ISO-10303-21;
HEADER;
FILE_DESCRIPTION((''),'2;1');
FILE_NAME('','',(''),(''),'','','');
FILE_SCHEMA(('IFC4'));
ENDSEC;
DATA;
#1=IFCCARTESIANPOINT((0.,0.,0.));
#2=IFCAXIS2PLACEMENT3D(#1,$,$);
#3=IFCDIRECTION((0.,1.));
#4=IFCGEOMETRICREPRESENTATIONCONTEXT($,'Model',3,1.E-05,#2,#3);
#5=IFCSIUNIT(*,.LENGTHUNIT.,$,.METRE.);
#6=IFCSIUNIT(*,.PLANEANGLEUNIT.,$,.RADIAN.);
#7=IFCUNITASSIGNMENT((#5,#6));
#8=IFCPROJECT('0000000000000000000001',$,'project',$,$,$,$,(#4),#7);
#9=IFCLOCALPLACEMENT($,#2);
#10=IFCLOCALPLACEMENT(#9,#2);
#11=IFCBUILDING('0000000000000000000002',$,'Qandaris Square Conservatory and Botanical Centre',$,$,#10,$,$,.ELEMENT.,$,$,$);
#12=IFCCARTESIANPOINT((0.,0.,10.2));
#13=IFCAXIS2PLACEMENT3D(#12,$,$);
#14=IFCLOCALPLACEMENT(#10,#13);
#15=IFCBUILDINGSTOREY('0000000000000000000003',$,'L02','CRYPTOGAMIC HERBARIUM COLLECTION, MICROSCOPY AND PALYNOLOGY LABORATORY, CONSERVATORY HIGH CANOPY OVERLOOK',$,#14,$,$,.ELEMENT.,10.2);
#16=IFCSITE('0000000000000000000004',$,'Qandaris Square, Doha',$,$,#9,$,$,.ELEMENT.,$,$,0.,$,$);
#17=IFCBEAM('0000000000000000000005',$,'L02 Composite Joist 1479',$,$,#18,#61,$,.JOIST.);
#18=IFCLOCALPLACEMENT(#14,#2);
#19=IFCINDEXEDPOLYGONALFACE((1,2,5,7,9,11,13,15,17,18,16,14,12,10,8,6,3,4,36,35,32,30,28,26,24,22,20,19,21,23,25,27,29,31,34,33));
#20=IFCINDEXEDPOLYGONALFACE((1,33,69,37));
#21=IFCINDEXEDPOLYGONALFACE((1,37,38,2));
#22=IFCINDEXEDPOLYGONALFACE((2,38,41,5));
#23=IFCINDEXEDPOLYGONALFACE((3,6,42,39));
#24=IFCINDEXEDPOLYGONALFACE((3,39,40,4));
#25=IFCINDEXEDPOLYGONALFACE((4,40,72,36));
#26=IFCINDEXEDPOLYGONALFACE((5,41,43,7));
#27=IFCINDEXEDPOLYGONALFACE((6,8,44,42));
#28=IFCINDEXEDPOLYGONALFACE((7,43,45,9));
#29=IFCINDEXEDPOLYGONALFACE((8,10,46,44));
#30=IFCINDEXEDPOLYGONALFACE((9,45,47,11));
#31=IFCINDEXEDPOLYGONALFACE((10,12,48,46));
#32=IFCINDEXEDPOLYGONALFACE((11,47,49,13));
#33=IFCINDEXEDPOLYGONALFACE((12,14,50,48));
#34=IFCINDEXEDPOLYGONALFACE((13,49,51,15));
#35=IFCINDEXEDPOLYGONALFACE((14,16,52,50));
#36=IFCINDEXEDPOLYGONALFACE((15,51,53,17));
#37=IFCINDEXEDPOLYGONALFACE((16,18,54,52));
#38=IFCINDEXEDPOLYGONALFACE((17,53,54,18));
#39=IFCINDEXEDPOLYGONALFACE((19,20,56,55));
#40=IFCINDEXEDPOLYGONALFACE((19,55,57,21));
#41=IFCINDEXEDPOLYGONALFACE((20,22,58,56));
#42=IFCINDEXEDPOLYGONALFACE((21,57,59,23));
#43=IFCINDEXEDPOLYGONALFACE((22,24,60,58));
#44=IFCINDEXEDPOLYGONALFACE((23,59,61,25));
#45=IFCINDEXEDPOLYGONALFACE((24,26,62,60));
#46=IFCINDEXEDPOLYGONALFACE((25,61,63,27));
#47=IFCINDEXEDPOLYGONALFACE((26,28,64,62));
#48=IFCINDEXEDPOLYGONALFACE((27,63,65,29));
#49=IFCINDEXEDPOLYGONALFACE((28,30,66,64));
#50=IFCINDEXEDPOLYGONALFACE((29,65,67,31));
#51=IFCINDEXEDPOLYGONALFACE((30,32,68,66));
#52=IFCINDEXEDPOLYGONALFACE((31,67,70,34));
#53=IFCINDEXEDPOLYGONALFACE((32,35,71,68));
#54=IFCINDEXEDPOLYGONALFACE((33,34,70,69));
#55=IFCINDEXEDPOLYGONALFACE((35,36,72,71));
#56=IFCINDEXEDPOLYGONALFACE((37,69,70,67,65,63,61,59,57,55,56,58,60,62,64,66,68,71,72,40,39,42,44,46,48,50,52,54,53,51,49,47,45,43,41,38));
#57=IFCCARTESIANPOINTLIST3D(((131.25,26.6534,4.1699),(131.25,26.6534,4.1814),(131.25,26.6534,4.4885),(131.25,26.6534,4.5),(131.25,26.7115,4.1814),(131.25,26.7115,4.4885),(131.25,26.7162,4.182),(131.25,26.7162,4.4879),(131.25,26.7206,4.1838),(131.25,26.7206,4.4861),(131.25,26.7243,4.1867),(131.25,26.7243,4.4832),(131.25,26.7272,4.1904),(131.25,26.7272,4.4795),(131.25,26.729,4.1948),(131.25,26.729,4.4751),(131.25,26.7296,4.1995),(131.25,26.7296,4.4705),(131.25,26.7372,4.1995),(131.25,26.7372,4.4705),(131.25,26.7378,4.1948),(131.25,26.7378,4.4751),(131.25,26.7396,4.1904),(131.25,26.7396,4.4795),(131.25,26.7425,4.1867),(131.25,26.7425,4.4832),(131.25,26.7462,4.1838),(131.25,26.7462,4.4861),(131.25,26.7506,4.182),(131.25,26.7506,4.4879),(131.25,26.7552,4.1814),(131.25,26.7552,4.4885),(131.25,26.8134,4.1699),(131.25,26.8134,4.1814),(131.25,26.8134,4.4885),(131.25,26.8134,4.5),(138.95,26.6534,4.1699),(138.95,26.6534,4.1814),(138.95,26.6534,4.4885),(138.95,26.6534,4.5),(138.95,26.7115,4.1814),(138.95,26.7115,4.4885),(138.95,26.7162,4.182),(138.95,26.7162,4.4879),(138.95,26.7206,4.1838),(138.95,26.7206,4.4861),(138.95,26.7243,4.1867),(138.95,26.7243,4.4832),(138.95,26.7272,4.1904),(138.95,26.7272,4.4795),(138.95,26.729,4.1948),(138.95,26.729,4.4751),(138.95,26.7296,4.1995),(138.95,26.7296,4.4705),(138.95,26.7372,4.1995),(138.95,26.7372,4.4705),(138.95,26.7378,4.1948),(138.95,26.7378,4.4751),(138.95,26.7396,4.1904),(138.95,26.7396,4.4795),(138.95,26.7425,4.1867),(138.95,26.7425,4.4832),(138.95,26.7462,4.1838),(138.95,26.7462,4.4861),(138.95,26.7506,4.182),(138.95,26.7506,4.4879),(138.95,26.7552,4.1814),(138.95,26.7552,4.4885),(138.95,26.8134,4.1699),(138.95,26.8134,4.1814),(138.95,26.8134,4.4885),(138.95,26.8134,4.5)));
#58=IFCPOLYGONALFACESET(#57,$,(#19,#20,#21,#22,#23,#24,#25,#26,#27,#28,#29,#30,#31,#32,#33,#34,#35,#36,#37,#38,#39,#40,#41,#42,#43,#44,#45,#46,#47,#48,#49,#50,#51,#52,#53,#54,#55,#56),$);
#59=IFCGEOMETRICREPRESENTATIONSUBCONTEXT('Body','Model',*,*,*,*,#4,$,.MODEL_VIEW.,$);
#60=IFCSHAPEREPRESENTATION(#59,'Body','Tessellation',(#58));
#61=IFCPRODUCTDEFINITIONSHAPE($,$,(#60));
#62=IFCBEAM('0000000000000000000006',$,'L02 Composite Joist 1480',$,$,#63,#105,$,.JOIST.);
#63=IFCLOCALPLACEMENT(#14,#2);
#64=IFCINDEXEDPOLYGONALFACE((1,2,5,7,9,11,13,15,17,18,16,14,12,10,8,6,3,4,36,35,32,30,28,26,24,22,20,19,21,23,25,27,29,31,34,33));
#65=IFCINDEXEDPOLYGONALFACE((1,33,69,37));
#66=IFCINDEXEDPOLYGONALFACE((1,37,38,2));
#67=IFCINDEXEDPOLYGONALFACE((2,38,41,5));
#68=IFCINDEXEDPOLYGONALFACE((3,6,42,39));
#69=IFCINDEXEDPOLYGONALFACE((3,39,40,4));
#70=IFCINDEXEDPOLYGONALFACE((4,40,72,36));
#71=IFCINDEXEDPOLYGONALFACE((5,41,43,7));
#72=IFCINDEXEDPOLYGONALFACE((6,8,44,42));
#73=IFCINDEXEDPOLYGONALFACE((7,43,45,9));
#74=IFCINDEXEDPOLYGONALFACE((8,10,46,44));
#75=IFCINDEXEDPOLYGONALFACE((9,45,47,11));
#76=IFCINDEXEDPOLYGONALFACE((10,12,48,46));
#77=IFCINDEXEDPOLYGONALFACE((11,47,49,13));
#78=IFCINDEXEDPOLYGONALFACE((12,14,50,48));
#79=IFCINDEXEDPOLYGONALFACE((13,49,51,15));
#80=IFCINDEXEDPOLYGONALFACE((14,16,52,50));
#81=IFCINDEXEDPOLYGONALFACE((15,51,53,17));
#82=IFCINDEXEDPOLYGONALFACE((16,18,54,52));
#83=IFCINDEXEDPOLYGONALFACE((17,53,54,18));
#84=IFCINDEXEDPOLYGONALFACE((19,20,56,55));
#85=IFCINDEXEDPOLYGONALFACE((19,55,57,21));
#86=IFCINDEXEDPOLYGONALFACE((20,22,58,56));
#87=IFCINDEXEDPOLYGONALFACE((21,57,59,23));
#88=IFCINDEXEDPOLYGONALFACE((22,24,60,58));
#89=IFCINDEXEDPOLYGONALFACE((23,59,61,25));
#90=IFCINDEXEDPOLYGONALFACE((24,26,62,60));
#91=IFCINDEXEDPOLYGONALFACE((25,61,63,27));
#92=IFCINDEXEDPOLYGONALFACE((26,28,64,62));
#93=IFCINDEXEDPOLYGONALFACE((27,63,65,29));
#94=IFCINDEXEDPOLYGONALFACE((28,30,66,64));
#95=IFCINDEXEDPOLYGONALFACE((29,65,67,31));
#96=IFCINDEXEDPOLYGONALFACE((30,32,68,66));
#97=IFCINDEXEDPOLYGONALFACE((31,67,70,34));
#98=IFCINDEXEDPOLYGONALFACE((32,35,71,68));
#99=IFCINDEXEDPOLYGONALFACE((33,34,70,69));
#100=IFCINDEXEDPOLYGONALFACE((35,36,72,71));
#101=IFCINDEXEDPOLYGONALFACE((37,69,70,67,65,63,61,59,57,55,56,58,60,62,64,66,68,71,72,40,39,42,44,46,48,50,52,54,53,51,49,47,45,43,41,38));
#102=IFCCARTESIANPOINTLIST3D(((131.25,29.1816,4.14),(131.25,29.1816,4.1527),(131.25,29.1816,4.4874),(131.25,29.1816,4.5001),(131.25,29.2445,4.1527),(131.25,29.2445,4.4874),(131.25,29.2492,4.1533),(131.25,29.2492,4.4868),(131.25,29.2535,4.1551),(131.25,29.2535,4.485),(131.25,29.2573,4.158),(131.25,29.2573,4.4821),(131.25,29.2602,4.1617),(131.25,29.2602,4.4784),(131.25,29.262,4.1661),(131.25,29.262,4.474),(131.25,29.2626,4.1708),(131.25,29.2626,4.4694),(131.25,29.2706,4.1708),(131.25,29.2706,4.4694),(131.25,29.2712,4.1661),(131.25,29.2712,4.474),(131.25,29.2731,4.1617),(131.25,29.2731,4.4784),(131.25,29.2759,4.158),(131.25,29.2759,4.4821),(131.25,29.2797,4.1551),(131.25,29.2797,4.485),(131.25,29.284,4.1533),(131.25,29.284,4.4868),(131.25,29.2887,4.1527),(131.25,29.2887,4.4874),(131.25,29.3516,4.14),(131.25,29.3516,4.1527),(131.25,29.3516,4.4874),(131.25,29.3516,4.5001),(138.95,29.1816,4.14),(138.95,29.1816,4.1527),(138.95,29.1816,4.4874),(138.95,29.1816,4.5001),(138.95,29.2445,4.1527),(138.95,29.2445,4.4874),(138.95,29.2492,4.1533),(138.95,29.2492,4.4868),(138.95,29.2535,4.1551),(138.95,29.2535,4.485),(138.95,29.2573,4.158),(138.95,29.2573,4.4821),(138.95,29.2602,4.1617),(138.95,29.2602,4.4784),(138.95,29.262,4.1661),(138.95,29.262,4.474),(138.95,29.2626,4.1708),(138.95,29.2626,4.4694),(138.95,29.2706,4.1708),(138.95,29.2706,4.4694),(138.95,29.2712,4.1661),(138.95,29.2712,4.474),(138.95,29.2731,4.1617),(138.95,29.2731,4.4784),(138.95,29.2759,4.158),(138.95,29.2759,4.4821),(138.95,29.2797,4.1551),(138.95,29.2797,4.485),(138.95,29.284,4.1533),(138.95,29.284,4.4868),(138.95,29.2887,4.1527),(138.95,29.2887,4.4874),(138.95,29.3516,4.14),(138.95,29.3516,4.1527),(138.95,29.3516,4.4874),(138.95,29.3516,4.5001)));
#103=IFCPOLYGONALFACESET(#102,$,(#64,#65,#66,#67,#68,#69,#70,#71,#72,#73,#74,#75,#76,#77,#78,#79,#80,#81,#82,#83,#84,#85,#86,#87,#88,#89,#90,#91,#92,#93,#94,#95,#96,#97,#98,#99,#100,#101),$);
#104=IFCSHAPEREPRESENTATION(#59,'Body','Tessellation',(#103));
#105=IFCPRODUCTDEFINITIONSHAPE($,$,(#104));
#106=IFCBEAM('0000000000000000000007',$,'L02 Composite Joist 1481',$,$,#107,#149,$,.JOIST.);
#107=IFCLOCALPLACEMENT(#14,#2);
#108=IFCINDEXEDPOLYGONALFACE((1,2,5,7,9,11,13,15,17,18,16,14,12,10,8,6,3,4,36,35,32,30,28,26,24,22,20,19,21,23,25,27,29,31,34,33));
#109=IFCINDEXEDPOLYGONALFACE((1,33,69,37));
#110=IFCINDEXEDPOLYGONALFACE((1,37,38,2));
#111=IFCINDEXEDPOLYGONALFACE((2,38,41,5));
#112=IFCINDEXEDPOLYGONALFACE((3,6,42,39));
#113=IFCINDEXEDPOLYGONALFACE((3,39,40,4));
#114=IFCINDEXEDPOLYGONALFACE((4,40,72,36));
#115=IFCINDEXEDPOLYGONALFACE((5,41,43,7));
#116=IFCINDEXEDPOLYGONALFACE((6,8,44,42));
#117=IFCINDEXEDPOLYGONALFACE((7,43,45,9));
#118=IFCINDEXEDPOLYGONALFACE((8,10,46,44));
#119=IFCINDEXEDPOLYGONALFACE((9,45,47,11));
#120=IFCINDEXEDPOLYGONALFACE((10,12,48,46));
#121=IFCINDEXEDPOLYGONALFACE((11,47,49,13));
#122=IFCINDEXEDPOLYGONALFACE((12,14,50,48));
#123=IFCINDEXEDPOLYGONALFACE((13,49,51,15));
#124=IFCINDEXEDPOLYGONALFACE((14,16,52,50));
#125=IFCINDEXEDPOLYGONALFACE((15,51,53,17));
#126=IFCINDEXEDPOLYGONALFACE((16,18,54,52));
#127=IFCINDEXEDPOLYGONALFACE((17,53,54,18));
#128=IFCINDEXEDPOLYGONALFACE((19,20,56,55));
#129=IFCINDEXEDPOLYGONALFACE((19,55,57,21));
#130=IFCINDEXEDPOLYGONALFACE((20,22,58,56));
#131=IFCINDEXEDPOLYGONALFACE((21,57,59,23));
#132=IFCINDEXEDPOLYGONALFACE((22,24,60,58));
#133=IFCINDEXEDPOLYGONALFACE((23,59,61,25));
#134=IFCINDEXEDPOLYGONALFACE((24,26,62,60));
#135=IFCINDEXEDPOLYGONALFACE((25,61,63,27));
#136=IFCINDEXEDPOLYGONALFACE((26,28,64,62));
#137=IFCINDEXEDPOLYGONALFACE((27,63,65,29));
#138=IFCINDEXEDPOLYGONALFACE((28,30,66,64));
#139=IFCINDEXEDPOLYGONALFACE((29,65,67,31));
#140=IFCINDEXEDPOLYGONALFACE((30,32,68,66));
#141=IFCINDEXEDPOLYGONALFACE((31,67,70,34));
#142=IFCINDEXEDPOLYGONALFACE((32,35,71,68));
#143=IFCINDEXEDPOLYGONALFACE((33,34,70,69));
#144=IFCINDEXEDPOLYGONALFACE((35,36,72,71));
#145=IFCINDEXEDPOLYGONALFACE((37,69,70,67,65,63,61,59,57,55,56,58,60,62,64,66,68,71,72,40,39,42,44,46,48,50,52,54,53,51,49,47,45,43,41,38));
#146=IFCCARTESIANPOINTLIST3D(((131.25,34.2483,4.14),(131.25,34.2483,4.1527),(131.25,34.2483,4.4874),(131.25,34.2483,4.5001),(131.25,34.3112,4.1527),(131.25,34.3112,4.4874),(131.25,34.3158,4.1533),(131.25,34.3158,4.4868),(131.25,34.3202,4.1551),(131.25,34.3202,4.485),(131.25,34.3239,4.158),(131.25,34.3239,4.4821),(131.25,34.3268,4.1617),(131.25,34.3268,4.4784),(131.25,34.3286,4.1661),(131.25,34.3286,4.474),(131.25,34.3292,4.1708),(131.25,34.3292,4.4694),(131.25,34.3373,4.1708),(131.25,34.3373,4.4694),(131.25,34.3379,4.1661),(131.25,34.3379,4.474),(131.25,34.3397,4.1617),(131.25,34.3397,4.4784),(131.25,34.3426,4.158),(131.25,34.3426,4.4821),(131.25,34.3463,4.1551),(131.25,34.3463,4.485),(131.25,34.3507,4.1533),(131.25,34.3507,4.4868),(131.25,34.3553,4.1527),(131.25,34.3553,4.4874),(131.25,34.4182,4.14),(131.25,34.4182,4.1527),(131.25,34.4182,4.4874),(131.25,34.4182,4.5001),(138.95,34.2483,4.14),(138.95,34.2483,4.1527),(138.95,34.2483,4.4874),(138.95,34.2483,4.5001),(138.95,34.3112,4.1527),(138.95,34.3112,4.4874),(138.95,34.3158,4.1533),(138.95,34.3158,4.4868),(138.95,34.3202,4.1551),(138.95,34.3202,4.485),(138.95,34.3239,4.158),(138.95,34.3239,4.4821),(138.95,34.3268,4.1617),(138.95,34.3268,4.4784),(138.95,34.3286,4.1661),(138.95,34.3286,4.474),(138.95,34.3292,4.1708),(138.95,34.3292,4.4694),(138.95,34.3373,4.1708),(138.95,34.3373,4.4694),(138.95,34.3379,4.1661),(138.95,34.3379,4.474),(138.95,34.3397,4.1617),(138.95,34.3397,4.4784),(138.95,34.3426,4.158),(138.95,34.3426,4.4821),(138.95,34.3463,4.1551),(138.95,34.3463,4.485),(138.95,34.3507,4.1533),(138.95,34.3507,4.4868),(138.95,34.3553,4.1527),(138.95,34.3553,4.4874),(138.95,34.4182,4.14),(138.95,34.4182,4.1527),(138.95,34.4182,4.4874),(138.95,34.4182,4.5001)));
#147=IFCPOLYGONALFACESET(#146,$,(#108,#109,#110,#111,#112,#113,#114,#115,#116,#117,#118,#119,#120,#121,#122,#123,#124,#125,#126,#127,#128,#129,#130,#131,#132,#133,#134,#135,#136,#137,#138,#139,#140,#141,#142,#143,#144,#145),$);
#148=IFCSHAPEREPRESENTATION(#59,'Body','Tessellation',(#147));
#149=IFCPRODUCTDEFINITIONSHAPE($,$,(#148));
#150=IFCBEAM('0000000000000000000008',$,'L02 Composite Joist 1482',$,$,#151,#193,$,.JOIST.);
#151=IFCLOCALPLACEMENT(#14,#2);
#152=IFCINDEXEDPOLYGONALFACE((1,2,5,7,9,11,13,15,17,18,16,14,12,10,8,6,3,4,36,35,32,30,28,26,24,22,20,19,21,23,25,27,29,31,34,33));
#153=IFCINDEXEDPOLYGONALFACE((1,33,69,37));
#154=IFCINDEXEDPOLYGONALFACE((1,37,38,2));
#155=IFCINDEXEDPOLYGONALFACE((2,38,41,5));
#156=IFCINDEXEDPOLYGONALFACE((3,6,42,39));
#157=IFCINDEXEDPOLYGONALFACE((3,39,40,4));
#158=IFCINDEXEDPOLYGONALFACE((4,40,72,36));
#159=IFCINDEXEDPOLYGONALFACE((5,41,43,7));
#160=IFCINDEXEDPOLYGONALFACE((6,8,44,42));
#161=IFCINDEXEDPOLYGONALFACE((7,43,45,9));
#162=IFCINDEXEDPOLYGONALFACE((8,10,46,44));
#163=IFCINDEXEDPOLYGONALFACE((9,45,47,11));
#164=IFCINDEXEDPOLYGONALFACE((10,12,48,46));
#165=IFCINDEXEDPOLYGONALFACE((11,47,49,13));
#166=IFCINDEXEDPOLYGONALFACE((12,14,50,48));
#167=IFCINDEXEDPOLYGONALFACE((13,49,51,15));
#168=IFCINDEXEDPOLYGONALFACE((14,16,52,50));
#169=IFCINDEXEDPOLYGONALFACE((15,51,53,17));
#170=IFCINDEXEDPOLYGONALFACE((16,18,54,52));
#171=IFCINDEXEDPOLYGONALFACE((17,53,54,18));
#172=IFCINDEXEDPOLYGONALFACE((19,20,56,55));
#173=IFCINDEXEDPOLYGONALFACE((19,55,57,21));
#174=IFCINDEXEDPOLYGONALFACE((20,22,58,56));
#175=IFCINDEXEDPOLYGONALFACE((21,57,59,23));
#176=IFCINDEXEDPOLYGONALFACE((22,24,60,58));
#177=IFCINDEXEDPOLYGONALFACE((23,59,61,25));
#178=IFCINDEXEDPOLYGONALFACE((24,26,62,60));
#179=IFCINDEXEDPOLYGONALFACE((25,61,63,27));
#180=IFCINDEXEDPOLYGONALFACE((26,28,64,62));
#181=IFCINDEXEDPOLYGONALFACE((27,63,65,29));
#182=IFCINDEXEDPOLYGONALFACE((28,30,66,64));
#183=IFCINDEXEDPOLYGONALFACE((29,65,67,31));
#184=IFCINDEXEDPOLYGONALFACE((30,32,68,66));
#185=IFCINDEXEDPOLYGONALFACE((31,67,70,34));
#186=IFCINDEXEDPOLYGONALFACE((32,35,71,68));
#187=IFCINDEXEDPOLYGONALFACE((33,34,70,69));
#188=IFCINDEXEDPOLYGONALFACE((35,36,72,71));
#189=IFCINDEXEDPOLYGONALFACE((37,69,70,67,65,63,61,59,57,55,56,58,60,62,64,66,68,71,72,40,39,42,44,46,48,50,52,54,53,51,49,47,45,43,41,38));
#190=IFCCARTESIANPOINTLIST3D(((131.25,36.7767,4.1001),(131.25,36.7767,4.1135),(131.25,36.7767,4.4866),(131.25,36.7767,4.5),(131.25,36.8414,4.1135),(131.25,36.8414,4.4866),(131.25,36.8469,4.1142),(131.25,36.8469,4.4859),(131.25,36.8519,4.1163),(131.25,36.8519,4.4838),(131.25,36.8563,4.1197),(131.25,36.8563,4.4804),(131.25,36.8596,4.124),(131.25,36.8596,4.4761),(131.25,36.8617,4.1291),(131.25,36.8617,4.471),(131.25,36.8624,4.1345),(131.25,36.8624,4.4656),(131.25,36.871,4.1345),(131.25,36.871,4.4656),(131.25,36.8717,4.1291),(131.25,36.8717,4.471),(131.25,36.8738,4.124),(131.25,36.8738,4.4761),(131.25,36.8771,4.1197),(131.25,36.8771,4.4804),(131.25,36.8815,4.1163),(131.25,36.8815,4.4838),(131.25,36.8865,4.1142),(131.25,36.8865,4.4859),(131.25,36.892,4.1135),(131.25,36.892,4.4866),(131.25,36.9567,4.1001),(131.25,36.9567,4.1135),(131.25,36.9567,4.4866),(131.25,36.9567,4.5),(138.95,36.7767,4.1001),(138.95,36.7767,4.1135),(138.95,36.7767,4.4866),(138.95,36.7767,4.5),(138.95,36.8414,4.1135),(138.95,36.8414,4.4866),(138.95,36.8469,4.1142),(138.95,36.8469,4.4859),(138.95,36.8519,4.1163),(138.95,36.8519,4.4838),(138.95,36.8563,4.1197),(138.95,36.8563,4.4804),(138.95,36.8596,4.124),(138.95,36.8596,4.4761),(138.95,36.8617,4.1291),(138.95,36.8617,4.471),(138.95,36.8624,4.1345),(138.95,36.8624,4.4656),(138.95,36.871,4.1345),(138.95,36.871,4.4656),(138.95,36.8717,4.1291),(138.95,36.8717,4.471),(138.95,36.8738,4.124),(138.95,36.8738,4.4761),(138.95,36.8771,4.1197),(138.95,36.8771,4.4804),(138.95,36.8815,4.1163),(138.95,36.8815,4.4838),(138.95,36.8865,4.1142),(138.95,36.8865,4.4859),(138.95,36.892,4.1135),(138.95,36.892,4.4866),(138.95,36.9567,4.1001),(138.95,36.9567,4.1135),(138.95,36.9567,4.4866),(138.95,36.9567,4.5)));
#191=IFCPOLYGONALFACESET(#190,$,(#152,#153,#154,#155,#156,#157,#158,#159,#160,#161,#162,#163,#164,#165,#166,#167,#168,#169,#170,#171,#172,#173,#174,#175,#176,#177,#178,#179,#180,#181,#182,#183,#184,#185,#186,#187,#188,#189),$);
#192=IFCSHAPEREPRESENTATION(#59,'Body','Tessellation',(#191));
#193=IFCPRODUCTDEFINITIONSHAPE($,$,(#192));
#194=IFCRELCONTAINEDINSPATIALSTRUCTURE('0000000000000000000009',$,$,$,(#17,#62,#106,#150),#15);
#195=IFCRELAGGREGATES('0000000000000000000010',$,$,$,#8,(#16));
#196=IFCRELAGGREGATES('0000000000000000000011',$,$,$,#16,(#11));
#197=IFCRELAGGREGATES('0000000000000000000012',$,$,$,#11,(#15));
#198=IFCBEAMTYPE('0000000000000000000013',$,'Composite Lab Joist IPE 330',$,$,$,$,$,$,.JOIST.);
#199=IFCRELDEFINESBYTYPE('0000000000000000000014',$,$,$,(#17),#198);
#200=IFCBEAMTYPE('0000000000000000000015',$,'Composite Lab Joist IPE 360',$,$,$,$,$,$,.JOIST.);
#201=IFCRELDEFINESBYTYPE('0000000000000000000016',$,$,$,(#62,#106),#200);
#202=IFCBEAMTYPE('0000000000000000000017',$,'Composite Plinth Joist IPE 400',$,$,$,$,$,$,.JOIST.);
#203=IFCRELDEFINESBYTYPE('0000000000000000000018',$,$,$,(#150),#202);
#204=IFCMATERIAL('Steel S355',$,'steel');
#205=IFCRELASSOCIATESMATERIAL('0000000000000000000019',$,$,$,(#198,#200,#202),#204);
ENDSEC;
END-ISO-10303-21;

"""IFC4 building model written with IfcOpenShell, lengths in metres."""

from ifc_helpers import new_model, si_unit, direction, frame, origin, origin_2d, place, context, subcontext, project, spatial, i_section, extrude, material, material_profile, profile_set, type_object, element, save


model = new_model("IFC4")

# Units and contexts
model_context = context("Model", 3, precision=1e-05, world=origin(), true_north=direction((0.0, 1.0)))
body_context = subcontext(model_context, "Body", "Model", "MODEL_VIEW")
ifc_project = project(units=[si_unit("LENGTHUNIT", "METRE"), si_unit("PLANEANGLEUNIT", "RADIAN")], contexts=[model_context])

# Site, building, storey
site_placement = place(None, origin())
site = spatial("IfcSite", under=ifc_project, at=site_placement, Name="Qandaris Square, Doha", CompositionType="ELEMENT", RefElevation=0.0)
building_placement = place(site_placement, origin())
building = spatial("IfcBuilding", under=site, at=building_placement, Name="Qandaris Square Conservatory and Botanical Centre", CompositionType="ELEMENT")
storey_placement = place(building_placement, frame((0.0, 0.0, 10.2)))
storey = spatial("IfcBuildingStorey", under=building, at=storey_placement, Name="L02", Description="CRYPTOGAMIC HERBARIUM COLLECTION, MICROSCOPY AND PALYNOLOGY LABORATORY, CONSERVATORY HIGH CANOPY OVERLOOK", CompositionType="ELEMENT", Elevation=10.2)

# Beams
ifc_material_1 = material(Name="Steel S355", Category="steel")
ifc_material_profile_1 = material_profile(ifc_material_1, i_section(OverallWidth=0.1599, OverallDepth=0.3301, WebThickness=0.0076, FlangeThickness=0.0115, FilletRadius=0.0181, at=origin_2d()), Name="IPE 330")
ifc_profile_set_1 = profile_set([ifc_material_profile_1], Name="Steel S355")
beam_type_1 = type_object("IfcBeamType", Name="Composite Lab Joist IPE 330", PredefinedType="JOIST", material=ifc_profile_set_1)
for number, where, z_axis, x_axis, name in (
    (1, (131.25, 26.7334, 4.335), (1.0, 0.0, 0.0), (0.0, 1.0, 0.0), "L02 Composite Joist 1479"),
):
    element("IfcBeam", number, at=place(storey_placement, frame(where, z_axis=z_axis, x_axis=x_axis)), inside=storey, type_object=beam_type_1, Name=name, PredefinedType="JOIST", context=body_context, shape_type="SweptSolid", body=[
        extrude(i_section(OverallWidth=0.1599, OverallDepth=0.3301, WebThickness=0.0076, FlangeThickness=0.0115, FilletRadius=0.0181, at=origin_2d()), origin(), (0.0, 0.0, 1.0), 7.7),
    ])
ifc_material_profile_2 = material_profile(ifc_material_1, i_section(OverallWidth=0.1699, OverallDepth=0.3601, WebThickness=0.0081, FlangeThickness=0.0127, FilletRadius=0.0181, at=origin_2d()), Name="IPE 360")
ifc_profile_set_2 = profile_set([ifc_material_profile_2], Name="Steel S355")
beam_type_2 = type_object("IfcBeamType", Name="Composite Lab Joist IPE 360", PredefinedType="JOIST", material=ifc_profile_set_2)
for number, where, z_axis, x_axis, name in (
    (2, (131.25, 29.2666, 4.3201), (1.0, 0.0, 0.0), (0.0, 1.0, 0.0), "L02 Composite Joist 1480"),
    (3, (131.25, 34.3333, 4.3201), (1.0, 0.0, 0.0), (0.0, 1.0, 0.0), "L02 Composite Joist 1481"),
):
    element("IfcBeam", number, at=place(storey_placement, frame(where, z_axis=z_axis, x_axis=x_axis)), inside=storey, type_object=beam_type_2, Name=name, PredefinedType="JOIST", context=body_context, shape_type="SweptSolid", body=[
        extrude(i_section(OverallWidth=0.1699, OverallDepth=0.3601, WebThickness=0.0081, FlangeThickness=0.0127, FilletRadius=0.0181, at=origin_2d()), origin(), (0.0, 0.0, 1.0), 7.7),
    ])
ifc_material_profile_3 = material_profile(ifc_material_1, i_section(OverallWidth=0.1799, OverallDepth=0.3999, WebThickness=0.0085, FlangeThickness=0.0134, FilletRadius=0.021, at=origin_2d()), Name="IPE 400")
ifc_profile_set_3 = profile_set([ifc_material_profile_3], Name="Steel S355")
beam_type_3 = type_object("IfcBeamType", Name="Composite Plinth Joist IPE 400", PredefinedType="JOIST", material=ifc_profile_set_3)
beam_1_placement = place(storey_placement, frame((131.25, 36.8667, 4.3), z_axis=(1.0, 0.0, 0.0), x_axis=(0.0, 1.0, 0.0)))
element("IfcBeam", 4, at=beam_1_placement, inside=storey, type_object=beam_type_3, Name="L02 Composite Joist 1482", PredefinedType="JOIST", context=body_context, shape_type="SweptSolid", body=[
    extrude(i_section(OverallWidth=0.1799, OverallDepth=0.3999, WebThickness=0.0085, FlangeThickness=0.0134, FilletRadius=0.021, at=origin_2d()), origin(), (0.0, 0.0, 1.0), 7.7),
])

save(model, "model.ifc")
